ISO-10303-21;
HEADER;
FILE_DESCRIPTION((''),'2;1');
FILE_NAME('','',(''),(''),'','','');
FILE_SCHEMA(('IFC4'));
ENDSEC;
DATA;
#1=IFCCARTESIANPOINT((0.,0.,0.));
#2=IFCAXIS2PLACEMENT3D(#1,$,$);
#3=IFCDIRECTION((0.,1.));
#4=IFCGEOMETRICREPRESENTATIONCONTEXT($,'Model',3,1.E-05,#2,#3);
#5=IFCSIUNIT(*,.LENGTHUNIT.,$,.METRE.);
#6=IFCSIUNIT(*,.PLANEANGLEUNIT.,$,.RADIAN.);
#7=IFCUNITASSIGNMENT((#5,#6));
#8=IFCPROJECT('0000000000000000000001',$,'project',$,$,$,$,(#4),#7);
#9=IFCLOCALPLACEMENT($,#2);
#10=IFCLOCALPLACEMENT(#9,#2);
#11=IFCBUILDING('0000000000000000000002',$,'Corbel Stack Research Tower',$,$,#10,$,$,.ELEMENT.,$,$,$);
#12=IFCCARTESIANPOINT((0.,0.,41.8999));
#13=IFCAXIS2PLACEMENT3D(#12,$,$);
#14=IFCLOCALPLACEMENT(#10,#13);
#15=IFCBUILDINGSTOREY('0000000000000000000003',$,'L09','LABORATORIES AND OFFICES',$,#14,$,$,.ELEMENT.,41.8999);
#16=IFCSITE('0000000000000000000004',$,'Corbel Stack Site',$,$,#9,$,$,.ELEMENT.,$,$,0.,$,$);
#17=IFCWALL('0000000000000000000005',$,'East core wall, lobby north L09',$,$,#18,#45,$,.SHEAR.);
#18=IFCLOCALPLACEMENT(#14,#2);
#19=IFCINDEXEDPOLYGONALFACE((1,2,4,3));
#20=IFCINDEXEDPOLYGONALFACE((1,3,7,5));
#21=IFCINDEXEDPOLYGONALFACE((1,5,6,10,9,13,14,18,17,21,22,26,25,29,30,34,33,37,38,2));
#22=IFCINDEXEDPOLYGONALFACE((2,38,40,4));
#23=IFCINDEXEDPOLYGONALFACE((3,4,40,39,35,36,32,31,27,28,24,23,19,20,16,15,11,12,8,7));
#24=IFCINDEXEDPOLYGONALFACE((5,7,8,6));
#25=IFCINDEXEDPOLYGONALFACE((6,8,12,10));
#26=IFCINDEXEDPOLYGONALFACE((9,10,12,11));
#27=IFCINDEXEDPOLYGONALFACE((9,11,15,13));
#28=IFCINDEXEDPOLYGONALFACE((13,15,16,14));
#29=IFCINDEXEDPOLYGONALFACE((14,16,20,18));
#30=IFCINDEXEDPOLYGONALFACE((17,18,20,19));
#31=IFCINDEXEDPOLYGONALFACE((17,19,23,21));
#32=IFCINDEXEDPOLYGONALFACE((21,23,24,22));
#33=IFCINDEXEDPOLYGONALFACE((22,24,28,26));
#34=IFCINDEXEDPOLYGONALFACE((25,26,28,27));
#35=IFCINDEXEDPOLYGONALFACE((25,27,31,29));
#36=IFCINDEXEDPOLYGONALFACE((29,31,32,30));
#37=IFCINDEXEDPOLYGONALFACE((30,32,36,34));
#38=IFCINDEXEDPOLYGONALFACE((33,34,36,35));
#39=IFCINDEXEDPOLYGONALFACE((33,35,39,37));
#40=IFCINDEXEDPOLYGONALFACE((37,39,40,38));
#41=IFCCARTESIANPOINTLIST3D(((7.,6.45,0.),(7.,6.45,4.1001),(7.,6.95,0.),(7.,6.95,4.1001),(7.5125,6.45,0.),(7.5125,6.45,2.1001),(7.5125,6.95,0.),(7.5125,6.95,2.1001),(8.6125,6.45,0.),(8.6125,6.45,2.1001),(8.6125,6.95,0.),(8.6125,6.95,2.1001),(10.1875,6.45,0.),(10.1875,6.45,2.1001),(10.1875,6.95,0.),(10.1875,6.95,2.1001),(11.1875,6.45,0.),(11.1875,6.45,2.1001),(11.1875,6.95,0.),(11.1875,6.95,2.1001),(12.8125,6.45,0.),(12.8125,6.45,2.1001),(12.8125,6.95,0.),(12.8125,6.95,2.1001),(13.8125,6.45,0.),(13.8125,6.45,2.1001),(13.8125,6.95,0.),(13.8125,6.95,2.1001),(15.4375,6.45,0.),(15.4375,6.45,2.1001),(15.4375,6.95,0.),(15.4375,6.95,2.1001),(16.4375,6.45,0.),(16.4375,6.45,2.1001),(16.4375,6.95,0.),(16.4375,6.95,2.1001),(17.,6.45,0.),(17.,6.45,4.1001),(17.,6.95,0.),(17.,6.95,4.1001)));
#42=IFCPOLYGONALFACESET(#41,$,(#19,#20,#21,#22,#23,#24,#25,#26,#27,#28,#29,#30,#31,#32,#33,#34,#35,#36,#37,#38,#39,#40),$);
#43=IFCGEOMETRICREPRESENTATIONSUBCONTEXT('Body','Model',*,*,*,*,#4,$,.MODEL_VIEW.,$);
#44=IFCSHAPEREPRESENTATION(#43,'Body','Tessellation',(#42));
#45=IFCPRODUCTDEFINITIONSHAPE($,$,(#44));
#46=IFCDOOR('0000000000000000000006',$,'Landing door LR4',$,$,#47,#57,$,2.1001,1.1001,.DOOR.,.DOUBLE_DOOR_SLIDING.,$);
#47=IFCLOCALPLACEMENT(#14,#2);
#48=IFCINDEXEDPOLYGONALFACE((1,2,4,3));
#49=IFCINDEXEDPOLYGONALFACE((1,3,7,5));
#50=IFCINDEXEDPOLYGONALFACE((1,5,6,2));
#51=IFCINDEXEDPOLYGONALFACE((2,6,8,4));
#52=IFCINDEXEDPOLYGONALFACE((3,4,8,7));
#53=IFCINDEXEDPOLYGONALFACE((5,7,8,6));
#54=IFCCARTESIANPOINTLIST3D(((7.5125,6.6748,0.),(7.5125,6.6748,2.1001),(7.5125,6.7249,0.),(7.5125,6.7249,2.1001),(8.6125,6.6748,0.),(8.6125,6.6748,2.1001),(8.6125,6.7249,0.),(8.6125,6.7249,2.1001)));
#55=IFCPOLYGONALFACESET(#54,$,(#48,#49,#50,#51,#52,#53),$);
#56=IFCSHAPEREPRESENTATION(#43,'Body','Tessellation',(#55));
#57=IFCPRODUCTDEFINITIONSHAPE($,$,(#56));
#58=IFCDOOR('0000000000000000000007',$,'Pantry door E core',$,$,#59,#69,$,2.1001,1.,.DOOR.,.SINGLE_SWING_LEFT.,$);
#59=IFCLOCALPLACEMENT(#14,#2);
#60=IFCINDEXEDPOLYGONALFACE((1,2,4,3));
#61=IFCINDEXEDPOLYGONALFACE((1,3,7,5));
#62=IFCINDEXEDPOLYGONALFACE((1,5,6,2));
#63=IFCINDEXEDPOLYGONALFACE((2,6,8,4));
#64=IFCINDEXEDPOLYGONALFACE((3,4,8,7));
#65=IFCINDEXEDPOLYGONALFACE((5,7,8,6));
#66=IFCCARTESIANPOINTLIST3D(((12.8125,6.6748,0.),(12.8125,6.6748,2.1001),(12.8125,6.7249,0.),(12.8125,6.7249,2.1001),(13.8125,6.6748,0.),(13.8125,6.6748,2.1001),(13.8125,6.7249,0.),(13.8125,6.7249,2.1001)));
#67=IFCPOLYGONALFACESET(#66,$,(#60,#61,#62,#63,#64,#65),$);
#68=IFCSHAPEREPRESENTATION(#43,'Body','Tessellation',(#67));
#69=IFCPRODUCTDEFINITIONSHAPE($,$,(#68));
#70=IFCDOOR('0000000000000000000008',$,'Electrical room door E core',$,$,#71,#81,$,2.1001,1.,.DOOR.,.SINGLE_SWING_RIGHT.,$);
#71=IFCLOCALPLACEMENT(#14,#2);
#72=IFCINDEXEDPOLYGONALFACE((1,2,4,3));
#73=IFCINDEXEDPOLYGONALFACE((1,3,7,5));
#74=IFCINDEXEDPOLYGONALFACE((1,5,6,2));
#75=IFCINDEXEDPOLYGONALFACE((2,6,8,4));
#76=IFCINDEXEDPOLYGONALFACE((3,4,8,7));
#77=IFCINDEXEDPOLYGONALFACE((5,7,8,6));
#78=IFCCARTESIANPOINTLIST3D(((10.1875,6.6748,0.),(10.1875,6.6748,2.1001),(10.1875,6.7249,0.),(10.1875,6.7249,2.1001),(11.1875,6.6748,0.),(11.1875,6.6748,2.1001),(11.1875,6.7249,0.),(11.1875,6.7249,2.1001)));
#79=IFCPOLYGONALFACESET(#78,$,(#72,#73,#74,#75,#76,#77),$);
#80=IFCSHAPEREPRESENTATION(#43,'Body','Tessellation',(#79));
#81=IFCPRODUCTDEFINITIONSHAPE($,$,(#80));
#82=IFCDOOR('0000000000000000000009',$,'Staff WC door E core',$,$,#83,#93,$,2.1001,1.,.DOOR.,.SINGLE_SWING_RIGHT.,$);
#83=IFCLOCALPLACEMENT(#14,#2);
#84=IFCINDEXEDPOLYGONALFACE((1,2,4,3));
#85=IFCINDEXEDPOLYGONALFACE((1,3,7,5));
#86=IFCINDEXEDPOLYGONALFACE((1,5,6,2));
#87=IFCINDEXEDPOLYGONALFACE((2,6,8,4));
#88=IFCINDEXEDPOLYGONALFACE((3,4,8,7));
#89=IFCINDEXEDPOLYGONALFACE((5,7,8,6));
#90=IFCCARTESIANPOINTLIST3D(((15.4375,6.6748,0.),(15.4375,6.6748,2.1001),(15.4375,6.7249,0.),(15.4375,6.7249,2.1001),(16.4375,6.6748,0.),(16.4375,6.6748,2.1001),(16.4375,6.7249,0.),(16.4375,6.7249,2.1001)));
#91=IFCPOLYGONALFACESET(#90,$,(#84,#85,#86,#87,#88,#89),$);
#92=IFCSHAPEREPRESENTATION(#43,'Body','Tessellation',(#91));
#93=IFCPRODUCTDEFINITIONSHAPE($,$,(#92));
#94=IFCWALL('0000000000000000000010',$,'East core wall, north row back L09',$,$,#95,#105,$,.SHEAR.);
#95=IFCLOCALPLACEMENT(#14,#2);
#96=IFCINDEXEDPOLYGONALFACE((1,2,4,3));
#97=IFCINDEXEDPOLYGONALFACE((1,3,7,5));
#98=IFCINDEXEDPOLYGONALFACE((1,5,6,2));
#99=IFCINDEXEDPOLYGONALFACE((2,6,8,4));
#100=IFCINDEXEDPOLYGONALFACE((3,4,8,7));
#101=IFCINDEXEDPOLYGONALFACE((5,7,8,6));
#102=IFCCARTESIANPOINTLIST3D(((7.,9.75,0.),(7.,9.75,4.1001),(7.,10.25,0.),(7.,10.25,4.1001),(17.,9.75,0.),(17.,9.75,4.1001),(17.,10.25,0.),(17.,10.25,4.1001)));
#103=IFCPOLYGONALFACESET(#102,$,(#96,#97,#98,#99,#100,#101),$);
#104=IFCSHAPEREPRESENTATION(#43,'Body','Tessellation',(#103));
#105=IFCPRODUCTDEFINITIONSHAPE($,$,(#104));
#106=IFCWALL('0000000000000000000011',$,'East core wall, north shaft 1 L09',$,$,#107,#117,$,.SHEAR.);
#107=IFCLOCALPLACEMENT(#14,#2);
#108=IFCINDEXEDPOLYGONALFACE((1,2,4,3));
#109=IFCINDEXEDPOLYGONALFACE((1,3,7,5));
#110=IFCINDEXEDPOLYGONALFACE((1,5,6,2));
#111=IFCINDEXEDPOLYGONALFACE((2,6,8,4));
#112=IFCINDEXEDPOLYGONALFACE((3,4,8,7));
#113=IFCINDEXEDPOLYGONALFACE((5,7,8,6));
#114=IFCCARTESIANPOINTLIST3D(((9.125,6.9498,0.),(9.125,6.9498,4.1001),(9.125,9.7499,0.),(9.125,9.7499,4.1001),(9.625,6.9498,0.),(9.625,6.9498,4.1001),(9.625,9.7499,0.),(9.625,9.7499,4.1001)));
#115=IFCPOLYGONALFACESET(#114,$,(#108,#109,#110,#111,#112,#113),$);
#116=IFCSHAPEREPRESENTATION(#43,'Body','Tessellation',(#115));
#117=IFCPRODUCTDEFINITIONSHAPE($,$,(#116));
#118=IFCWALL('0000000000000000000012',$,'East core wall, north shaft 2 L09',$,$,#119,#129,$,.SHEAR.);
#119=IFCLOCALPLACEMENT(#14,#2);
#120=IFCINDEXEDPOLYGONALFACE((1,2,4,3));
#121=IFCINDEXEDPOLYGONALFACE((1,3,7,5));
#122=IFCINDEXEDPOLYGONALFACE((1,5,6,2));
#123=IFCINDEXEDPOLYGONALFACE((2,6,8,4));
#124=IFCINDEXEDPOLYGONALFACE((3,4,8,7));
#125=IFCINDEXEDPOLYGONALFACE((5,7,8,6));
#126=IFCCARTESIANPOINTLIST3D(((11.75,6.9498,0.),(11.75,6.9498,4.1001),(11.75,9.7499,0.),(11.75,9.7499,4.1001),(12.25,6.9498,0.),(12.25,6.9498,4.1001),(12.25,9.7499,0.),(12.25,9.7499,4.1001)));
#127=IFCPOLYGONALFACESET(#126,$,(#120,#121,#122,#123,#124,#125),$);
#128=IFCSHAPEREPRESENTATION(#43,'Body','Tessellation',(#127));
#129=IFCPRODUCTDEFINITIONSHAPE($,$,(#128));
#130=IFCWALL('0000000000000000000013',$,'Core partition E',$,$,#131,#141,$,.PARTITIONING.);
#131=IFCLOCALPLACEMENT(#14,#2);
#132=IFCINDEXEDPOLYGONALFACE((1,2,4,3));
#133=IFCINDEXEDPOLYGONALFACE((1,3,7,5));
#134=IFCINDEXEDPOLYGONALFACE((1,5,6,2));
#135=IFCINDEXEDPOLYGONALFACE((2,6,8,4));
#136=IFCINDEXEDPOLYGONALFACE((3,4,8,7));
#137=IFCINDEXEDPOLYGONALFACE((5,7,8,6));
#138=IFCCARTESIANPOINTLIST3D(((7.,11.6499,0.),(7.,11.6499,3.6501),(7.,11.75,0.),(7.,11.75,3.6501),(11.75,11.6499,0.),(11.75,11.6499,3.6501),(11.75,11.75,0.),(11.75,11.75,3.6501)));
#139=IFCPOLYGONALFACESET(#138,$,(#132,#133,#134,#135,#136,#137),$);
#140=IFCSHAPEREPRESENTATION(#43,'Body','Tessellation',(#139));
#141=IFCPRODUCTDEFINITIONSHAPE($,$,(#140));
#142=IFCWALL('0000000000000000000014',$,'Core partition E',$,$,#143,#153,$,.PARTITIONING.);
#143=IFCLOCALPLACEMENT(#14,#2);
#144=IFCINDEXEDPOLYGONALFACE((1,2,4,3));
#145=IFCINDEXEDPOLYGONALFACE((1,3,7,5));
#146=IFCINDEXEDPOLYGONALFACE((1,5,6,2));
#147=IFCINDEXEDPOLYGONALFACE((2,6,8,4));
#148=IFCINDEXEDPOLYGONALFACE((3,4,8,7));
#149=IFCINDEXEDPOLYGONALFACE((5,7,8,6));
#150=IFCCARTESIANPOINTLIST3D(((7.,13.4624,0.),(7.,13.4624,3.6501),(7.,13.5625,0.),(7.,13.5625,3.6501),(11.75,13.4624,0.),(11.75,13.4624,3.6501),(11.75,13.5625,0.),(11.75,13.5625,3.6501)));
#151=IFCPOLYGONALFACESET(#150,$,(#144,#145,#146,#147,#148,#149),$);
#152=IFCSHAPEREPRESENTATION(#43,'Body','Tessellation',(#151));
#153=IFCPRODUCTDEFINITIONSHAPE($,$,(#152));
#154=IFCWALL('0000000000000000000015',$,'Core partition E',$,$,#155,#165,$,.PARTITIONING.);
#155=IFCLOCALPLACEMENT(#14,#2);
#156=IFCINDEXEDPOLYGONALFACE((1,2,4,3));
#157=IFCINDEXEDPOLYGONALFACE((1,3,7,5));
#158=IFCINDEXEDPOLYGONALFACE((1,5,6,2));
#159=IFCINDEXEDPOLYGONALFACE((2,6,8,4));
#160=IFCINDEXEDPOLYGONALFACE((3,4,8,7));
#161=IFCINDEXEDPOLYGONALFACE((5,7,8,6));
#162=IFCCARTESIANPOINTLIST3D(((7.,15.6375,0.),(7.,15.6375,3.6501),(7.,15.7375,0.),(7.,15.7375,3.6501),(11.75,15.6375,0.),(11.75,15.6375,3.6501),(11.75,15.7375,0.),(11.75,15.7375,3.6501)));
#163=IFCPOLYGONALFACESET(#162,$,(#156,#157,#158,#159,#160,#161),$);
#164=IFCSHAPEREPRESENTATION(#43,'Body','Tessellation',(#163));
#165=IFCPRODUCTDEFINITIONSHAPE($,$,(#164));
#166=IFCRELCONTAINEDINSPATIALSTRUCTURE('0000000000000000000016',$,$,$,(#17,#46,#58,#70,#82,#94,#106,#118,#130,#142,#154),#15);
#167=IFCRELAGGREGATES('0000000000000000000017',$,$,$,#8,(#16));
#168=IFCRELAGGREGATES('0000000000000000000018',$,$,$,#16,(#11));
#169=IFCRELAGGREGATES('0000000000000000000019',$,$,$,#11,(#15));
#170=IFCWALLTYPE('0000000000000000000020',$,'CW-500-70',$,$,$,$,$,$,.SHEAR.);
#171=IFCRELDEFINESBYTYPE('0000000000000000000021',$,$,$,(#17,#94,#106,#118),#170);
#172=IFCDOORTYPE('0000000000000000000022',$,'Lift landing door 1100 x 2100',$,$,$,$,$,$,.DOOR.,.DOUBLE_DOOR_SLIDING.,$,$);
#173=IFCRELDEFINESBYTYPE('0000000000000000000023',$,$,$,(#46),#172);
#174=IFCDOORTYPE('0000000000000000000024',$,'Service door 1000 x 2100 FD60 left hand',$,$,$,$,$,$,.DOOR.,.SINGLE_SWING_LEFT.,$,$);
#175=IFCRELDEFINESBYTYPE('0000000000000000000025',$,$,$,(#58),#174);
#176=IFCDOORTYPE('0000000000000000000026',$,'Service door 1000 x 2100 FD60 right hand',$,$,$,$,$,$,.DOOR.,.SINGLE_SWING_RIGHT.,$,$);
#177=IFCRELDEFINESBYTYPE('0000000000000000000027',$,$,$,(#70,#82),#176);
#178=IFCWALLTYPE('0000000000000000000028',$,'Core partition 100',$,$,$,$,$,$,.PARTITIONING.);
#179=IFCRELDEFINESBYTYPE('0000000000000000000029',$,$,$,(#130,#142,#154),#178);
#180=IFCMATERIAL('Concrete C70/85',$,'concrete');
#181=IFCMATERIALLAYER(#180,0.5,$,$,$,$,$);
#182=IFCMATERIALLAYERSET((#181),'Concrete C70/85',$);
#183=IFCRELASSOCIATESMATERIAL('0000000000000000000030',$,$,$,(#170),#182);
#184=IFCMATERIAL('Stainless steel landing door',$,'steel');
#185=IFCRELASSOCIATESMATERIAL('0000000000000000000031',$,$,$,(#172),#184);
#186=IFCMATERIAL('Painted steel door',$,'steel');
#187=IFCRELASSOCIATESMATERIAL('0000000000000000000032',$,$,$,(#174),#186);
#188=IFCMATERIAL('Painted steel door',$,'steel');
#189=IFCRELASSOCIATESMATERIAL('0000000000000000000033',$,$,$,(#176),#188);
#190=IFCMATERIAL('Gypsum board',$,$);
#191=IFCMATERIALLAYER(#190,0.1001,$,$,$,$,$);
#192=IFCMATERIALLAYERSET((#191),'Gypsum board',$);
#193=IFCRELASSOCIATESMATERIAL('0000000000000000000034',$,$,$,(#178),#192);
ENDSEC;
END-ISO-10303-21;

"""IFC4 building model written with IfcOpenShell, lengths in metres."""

from ifc_helpers import new_model, si_unit, direction, frame, frame_2d, origin, place, context, subcontext, project, spatial, rectangle, extrude, material, layer, layer_set, type_object, element, fill, save


model = new_model("IFC4")

# Units and contexts
model_context = context("Model", 3, precision=1e-05, world=origin(), true_north=direction((0.0, 1.0)))
body_context = subcontext(model_context, "Body", "Model", "MODEL_VIEW")
ifc_project = project(units=[si_unit("LENGTHUNIT", "METRE"), si_unit("PLANEANGLEUNIT", "RADIAN")], contexts=[model_context])

# Site, building, storey
site_placement = place(None, origin())
site = spatial("IfcSite", under=ifc_project, at=site_placement, Name="Corbel Stack Site", CompositionType="ELEMENT", RefElevation=0.0)
building_placement = place(site_placement, origin())
building = spatial("IfcBuilding", under=site, at=building_placement, Name="Corbel Stack Research Tower", CompositionType="ELEMENT")
storey_placement = place(building_placement, frame((0.0, 0.0, 41.8999)))
storey = spatial("IfcBuildingStorey", under=building, at=storey_placement, Name="L09", Description="LABORATORIES AND OFFICES", CompositionType="ELEMENT", Elevation=41.8999)

# Wall, openings, doors
ifc_material_1 = material(Name="Concrete C70/85", Category="concrete")
ifc_layer_1 = layer(ifc_material_1, 0.5)
ifc_layer_set_1 = layer_set([ifc_layer_1], Name="Concrete C70/85")
wall_type_1 = type_object("IfcWallType", Name="CW-500-70", PredefinedType="SHEAR", material=ifc_layer_set_1)
ifc_material_2 = material(Name="Stainless steel landing door", Category="steel")
door_type_1 = type_object("IfcDoorType", Name="Lift landing door 1100 x 2100", OperationType="DOUBLE_DOOR_SLIDING", PredefinedType="DOOR", material=ifc_material_2)
wall_1_placement = place(storey_placement, frame((7.0, 6.7, 0.0), z_axis=(0.0, 0.0, 1.0), x_axis=(1.0, 0.0, 0.0)))
wall_1 = element("IfcWall", 1, at=wall_1_placement, inside=storey, type_object=wall_type_1, Name="East core wall, lobby north L09", PredefinedType="SHEAR", context=body_context, shape_type="SweptSolid", body=[
    extrude(rectangle(XDim=10.0, YDim=0.5, at=frame_2d((5.0, 0.0))), origin(), (0.0, 0.0, 1.0), 4.1001),
])
opening_1_placement = place(wall_1_placement, frame((0.5125, 0.0, 0.0)))
opening_1 = element("IfcOpeningElement", 2, at=opening_1_placement, cuts=wall_1, PredefinedType="OPENING", context=body_context, shape_type="SweptSolid", body=[
    extrude(rectangle(XDim=1.1001, YDim=2.1001, at=frame_2d((0.55, 1.05))), frame((0.0, 0.26, 0.0), z_axis=(0.0, -1.0, 0.0), x_axis=(1.0, 0.0, 0.0)), (0.0, 0.0, 1.0), 0.52),
])
opening_2_placement = place(wall_1_placement, frame((3.1875, 0.0, 0.0)))
opening_2 = element("IfcOpeningElement", 3, at=opening_2_placement, cuts=wall_1, PredefinedType="OPENING", context=body_context, shape_type="SweptSolid", body=[
    extrude(rectangle(XDim=1.0, YDim=2.1001, at=frame_2d((0.5, 1.05))), frame((0.0, 0.26, 0.0), z_axis=(0.0, -1.0, 0.0), x_axis=(1.0, 0.0, 0.0)), (0.0, 0.0, 1.0), 0.52),
])
opening_3_placement = place(wall_1_placement, frame((5.8125, 0.0, 0.0)))
opening_3 = element("IfcOpeningElement", 4, at=opening_3_placement, cuts=wall_1, PredefinedType="OPENING", context=body_context, shape_type="SweptSolid", body=[
    extrude(rectangle(XDim=1.0, YDim=2.1001, at=frame_2d((0.5, 1.05))), frame((0.0, 0.26, 0.0), z_axis=(0.0, -1.0, 0.0), x_axis=(1.0, 0.0, 0.0)), (0.0, 0.0, 1.0), 0.52),
])
opening_4_placement = place(wall_1_placement, frame((8.4375, 0.0, 0.0)))
opening_4 = element("IfcOpeningElement", 5, at=opening_4_placement, cuts=wall_1, PredefinedType="OPENING", context=body_context, shape_type="SweptSolid", body=[
    extrude(rectangle(XDim=1.0, YDim=2.1001, at=frame_2d((0.5, 1.05))), frame((0.0, 0.26, 0.0), z_axis=(0.0, -1.0, 0.0), x_axis=(1.0, 0.0, 0.0)), (0.0, 0.0, 1.0), 0.52),
])
door_1_placement = place(opening_1_placement, origin())
door_1 = element("IfcDoor", 6, at=door_1_placement, inside=storey, type_object=door_type_1, Name="Landing door LR4", OperationType="DOUBLE_DOOR_SLIDING", OverallHeight=2.1001, OverallWidth=1.1001, PredefinedType="DOOR", context=body_context, shape_type="SweptSolid", body=[
    extrude(rectangle(XDim=1.1001, YDim=2.1001, at=frame_2d((0.55, 1.05))), frame((0.0, 0.0249, 0.0), z_axis=(0.0, -1.0, 0.0), x_axis=(1.0, 0.0, 0.0)), (0.0, 0.0, 1.0), 0.05),
])
fill(opening_1, door_1)
ifc_material_3 = material(Name="Painted steel door", Category="steel")
door_type_2 = type_object("IfcDoorType", Name="Service door 1000 x 2100 FD60 left hand", OperationType="SINGLE_SWING_LEFT", PredefinedType="DOOR", material=ifc_material_3)
door_2_placement = place(opening_3_placement, origin())
door_2 = element("IfcDoor", 7, at=door_2_placement, inside=storey, type_object=door_type_2, Name="Pantry door E core", OperationType="SINGLE_SWING_LEFT", OverallHeight=2.1001, OverallWidth=1.0, PredefinedType="DOOR", context=body_context, shape_type="SweptSolid", body=[
    extrude(rectangle(XDim=1.0, YDim=2.1001, at=frame_2d((0.5, 1.05))), frame((0.0, 0.0249, 0.0), z_axis=(0.0, -1.0, 0.0), x_axis=(1.0, 0.0, 0.0)), (0.0, 0.0, 1.0), 0.05),
])
fill(opening_3, door_2)
ifc_material_4 = material(Name="Painted steel door", Category="steel")
door_type_3 = type_object("IfcDoorType", Name="Service door 1000 x 2100 FD60 right hand", OperationType="SINGLE_SWING_RIGHT", PredefinedType="DOOR", material=ifc_material_4)
door_3_placement = place(opening_2_placement, origin())
door_3 = element("IfcDoor", 8, at=door_3_placement, inside=storey, type_object=door_type_3, Name="Electrical room door E core", OperationType="SINGLE_SWING_RIGHT", OverallHeight=2.1001, OverallWidth=1.0, PredefinedType="DOOR", context=body_context, shape_type="SweptSolid", body=[
    extrude(rectangle(XDim=1.0, YDim=2.1001, at=frame_2d((0.5, 1.05))), frame((0.0, 0.0249, 0.0), z_axis=(0.0, -1.0, 0.0), x_axis=(1.0, 0.0, 0.0)), (0.0, 0.0, 1.0), 0.05),
])
fill(opening_2, door_3)
door_4_placement = place(opening_4_placement, origin())
door_4 = element("IfcDoor", 9, at=door_4_placement, inside=storey, type_object=door_type_3, Name="Staff WC door E core", OperationType="SINGLE_SWING_RIGHT", OverallHeight=2.1001, OverallWidth=1.0, PredefinedType="DOOR", context=body_context, shape_type="SweptSolid", body=[
    extrude(rectangle(XDim=1.0, YDim=2.1001, at=frame_2d((0.5, 1.05))), frame((0.0, 0.0249, 0.0), z_axis=(0.0, -1.0, 0.0), x_axis=(1.0, 0.0, 0.0)), (0.0, 0.0, 1.0), 0.05),
])
fill(opening_4, door_4)

# Walls
wall_2_placement = place(storey_placement, frame((7.0, 10.0, 0.0), z_axis=(0.0, 0.0, 1.0), x_axis=(1.0, 0.0, 0.0)))
element("IfcWall", 10, at=wall_2_placement, inside=storey, type_object=wall_type_1, Name="East core wall, north row back L09", PredefinedType="SHEAR", context=body_context, shape_type="SweptSolid", body=[
    extrude(rectangle(XDim=10.0, YDim=0.5, at=frame_2d((5.0, 0.0))), origin(), (0.0, 0.0, 1.0), 4.1001),
])
for number, where, z_axis, x_axis, name in (
    (11, (9.375, 6.95, 0.0), (0.0, 0.0, 1.0), (0.0, 1.0, 0.0), "East core wall, north shaft 1 L09"),
    (12, (12.0, 6.95, 0.0), (0.0, 0.0, 1.0), (0.0, 1.0, 0.0), "East core wall, north shaft 2 L09"),
):
    element("IfcWall", number, at=place(storey_placement, frame(where, z_axis=z_axis, x_axis=x_axis)), inside=storey, type_object=wall_type_1, Name=name, PredefinedType="SHEAR", context=body_context, shape_type="SweptSolid", body=[
        extrude(rectangle(XDim=2.8, YDim=0.5, at=frame_2d((1.3999, 0.0))), origin(), (0.0, 0.0, 1.0), 4.1001),
    ])
ifc_material_5 = material(Name="Gypsum board")
ifc_layer_2 = layer(ifc_material_5, 0.1001)
ifc_layer_set_2 = layer_set([ifc_layer_2], Name="Gypsum board")
wall_type_2 = type_object("IfcWallType", Name="Core partition 100", PredefinedType="PARTITIONING", material=ifc_layer_set_2)
for number, where, z_axis, x_axis, name in (
    (13, (7.0, 11.7, 0.0), (0.0, 0.0, 1.0), (1.0, 0.0, 0.0), "Core partition E"),
    (14, (7.0, 13.5125, 0.0), (0.0, 0.0, 1.0), (1.0, 0.0, 0.0), "Core partition E"),
    (15, (7.0, 15.6875, 0.0), (0.0, 0.0, 1.0), (1.0, 0.0, 0.0), "Core partition E"),
):
    element("IfcWall", number, at=place(storey_placement, frame(where, z_axis=z_axis, x_axis=x_axis)), inside=storey, type_object=wall_type_2, Name=name, PredefinedType="PARTITIONING", context=body_context, shape_type="SweptSolid", body=[
        extrude(rectangle(XDim=4.75, YDim=0.1001, at=frame_2d((2.375, 0.0))), origin(), (0.0, 0.0, 1.0), 3.6501),
    ])

save(model, "model.ifc")
